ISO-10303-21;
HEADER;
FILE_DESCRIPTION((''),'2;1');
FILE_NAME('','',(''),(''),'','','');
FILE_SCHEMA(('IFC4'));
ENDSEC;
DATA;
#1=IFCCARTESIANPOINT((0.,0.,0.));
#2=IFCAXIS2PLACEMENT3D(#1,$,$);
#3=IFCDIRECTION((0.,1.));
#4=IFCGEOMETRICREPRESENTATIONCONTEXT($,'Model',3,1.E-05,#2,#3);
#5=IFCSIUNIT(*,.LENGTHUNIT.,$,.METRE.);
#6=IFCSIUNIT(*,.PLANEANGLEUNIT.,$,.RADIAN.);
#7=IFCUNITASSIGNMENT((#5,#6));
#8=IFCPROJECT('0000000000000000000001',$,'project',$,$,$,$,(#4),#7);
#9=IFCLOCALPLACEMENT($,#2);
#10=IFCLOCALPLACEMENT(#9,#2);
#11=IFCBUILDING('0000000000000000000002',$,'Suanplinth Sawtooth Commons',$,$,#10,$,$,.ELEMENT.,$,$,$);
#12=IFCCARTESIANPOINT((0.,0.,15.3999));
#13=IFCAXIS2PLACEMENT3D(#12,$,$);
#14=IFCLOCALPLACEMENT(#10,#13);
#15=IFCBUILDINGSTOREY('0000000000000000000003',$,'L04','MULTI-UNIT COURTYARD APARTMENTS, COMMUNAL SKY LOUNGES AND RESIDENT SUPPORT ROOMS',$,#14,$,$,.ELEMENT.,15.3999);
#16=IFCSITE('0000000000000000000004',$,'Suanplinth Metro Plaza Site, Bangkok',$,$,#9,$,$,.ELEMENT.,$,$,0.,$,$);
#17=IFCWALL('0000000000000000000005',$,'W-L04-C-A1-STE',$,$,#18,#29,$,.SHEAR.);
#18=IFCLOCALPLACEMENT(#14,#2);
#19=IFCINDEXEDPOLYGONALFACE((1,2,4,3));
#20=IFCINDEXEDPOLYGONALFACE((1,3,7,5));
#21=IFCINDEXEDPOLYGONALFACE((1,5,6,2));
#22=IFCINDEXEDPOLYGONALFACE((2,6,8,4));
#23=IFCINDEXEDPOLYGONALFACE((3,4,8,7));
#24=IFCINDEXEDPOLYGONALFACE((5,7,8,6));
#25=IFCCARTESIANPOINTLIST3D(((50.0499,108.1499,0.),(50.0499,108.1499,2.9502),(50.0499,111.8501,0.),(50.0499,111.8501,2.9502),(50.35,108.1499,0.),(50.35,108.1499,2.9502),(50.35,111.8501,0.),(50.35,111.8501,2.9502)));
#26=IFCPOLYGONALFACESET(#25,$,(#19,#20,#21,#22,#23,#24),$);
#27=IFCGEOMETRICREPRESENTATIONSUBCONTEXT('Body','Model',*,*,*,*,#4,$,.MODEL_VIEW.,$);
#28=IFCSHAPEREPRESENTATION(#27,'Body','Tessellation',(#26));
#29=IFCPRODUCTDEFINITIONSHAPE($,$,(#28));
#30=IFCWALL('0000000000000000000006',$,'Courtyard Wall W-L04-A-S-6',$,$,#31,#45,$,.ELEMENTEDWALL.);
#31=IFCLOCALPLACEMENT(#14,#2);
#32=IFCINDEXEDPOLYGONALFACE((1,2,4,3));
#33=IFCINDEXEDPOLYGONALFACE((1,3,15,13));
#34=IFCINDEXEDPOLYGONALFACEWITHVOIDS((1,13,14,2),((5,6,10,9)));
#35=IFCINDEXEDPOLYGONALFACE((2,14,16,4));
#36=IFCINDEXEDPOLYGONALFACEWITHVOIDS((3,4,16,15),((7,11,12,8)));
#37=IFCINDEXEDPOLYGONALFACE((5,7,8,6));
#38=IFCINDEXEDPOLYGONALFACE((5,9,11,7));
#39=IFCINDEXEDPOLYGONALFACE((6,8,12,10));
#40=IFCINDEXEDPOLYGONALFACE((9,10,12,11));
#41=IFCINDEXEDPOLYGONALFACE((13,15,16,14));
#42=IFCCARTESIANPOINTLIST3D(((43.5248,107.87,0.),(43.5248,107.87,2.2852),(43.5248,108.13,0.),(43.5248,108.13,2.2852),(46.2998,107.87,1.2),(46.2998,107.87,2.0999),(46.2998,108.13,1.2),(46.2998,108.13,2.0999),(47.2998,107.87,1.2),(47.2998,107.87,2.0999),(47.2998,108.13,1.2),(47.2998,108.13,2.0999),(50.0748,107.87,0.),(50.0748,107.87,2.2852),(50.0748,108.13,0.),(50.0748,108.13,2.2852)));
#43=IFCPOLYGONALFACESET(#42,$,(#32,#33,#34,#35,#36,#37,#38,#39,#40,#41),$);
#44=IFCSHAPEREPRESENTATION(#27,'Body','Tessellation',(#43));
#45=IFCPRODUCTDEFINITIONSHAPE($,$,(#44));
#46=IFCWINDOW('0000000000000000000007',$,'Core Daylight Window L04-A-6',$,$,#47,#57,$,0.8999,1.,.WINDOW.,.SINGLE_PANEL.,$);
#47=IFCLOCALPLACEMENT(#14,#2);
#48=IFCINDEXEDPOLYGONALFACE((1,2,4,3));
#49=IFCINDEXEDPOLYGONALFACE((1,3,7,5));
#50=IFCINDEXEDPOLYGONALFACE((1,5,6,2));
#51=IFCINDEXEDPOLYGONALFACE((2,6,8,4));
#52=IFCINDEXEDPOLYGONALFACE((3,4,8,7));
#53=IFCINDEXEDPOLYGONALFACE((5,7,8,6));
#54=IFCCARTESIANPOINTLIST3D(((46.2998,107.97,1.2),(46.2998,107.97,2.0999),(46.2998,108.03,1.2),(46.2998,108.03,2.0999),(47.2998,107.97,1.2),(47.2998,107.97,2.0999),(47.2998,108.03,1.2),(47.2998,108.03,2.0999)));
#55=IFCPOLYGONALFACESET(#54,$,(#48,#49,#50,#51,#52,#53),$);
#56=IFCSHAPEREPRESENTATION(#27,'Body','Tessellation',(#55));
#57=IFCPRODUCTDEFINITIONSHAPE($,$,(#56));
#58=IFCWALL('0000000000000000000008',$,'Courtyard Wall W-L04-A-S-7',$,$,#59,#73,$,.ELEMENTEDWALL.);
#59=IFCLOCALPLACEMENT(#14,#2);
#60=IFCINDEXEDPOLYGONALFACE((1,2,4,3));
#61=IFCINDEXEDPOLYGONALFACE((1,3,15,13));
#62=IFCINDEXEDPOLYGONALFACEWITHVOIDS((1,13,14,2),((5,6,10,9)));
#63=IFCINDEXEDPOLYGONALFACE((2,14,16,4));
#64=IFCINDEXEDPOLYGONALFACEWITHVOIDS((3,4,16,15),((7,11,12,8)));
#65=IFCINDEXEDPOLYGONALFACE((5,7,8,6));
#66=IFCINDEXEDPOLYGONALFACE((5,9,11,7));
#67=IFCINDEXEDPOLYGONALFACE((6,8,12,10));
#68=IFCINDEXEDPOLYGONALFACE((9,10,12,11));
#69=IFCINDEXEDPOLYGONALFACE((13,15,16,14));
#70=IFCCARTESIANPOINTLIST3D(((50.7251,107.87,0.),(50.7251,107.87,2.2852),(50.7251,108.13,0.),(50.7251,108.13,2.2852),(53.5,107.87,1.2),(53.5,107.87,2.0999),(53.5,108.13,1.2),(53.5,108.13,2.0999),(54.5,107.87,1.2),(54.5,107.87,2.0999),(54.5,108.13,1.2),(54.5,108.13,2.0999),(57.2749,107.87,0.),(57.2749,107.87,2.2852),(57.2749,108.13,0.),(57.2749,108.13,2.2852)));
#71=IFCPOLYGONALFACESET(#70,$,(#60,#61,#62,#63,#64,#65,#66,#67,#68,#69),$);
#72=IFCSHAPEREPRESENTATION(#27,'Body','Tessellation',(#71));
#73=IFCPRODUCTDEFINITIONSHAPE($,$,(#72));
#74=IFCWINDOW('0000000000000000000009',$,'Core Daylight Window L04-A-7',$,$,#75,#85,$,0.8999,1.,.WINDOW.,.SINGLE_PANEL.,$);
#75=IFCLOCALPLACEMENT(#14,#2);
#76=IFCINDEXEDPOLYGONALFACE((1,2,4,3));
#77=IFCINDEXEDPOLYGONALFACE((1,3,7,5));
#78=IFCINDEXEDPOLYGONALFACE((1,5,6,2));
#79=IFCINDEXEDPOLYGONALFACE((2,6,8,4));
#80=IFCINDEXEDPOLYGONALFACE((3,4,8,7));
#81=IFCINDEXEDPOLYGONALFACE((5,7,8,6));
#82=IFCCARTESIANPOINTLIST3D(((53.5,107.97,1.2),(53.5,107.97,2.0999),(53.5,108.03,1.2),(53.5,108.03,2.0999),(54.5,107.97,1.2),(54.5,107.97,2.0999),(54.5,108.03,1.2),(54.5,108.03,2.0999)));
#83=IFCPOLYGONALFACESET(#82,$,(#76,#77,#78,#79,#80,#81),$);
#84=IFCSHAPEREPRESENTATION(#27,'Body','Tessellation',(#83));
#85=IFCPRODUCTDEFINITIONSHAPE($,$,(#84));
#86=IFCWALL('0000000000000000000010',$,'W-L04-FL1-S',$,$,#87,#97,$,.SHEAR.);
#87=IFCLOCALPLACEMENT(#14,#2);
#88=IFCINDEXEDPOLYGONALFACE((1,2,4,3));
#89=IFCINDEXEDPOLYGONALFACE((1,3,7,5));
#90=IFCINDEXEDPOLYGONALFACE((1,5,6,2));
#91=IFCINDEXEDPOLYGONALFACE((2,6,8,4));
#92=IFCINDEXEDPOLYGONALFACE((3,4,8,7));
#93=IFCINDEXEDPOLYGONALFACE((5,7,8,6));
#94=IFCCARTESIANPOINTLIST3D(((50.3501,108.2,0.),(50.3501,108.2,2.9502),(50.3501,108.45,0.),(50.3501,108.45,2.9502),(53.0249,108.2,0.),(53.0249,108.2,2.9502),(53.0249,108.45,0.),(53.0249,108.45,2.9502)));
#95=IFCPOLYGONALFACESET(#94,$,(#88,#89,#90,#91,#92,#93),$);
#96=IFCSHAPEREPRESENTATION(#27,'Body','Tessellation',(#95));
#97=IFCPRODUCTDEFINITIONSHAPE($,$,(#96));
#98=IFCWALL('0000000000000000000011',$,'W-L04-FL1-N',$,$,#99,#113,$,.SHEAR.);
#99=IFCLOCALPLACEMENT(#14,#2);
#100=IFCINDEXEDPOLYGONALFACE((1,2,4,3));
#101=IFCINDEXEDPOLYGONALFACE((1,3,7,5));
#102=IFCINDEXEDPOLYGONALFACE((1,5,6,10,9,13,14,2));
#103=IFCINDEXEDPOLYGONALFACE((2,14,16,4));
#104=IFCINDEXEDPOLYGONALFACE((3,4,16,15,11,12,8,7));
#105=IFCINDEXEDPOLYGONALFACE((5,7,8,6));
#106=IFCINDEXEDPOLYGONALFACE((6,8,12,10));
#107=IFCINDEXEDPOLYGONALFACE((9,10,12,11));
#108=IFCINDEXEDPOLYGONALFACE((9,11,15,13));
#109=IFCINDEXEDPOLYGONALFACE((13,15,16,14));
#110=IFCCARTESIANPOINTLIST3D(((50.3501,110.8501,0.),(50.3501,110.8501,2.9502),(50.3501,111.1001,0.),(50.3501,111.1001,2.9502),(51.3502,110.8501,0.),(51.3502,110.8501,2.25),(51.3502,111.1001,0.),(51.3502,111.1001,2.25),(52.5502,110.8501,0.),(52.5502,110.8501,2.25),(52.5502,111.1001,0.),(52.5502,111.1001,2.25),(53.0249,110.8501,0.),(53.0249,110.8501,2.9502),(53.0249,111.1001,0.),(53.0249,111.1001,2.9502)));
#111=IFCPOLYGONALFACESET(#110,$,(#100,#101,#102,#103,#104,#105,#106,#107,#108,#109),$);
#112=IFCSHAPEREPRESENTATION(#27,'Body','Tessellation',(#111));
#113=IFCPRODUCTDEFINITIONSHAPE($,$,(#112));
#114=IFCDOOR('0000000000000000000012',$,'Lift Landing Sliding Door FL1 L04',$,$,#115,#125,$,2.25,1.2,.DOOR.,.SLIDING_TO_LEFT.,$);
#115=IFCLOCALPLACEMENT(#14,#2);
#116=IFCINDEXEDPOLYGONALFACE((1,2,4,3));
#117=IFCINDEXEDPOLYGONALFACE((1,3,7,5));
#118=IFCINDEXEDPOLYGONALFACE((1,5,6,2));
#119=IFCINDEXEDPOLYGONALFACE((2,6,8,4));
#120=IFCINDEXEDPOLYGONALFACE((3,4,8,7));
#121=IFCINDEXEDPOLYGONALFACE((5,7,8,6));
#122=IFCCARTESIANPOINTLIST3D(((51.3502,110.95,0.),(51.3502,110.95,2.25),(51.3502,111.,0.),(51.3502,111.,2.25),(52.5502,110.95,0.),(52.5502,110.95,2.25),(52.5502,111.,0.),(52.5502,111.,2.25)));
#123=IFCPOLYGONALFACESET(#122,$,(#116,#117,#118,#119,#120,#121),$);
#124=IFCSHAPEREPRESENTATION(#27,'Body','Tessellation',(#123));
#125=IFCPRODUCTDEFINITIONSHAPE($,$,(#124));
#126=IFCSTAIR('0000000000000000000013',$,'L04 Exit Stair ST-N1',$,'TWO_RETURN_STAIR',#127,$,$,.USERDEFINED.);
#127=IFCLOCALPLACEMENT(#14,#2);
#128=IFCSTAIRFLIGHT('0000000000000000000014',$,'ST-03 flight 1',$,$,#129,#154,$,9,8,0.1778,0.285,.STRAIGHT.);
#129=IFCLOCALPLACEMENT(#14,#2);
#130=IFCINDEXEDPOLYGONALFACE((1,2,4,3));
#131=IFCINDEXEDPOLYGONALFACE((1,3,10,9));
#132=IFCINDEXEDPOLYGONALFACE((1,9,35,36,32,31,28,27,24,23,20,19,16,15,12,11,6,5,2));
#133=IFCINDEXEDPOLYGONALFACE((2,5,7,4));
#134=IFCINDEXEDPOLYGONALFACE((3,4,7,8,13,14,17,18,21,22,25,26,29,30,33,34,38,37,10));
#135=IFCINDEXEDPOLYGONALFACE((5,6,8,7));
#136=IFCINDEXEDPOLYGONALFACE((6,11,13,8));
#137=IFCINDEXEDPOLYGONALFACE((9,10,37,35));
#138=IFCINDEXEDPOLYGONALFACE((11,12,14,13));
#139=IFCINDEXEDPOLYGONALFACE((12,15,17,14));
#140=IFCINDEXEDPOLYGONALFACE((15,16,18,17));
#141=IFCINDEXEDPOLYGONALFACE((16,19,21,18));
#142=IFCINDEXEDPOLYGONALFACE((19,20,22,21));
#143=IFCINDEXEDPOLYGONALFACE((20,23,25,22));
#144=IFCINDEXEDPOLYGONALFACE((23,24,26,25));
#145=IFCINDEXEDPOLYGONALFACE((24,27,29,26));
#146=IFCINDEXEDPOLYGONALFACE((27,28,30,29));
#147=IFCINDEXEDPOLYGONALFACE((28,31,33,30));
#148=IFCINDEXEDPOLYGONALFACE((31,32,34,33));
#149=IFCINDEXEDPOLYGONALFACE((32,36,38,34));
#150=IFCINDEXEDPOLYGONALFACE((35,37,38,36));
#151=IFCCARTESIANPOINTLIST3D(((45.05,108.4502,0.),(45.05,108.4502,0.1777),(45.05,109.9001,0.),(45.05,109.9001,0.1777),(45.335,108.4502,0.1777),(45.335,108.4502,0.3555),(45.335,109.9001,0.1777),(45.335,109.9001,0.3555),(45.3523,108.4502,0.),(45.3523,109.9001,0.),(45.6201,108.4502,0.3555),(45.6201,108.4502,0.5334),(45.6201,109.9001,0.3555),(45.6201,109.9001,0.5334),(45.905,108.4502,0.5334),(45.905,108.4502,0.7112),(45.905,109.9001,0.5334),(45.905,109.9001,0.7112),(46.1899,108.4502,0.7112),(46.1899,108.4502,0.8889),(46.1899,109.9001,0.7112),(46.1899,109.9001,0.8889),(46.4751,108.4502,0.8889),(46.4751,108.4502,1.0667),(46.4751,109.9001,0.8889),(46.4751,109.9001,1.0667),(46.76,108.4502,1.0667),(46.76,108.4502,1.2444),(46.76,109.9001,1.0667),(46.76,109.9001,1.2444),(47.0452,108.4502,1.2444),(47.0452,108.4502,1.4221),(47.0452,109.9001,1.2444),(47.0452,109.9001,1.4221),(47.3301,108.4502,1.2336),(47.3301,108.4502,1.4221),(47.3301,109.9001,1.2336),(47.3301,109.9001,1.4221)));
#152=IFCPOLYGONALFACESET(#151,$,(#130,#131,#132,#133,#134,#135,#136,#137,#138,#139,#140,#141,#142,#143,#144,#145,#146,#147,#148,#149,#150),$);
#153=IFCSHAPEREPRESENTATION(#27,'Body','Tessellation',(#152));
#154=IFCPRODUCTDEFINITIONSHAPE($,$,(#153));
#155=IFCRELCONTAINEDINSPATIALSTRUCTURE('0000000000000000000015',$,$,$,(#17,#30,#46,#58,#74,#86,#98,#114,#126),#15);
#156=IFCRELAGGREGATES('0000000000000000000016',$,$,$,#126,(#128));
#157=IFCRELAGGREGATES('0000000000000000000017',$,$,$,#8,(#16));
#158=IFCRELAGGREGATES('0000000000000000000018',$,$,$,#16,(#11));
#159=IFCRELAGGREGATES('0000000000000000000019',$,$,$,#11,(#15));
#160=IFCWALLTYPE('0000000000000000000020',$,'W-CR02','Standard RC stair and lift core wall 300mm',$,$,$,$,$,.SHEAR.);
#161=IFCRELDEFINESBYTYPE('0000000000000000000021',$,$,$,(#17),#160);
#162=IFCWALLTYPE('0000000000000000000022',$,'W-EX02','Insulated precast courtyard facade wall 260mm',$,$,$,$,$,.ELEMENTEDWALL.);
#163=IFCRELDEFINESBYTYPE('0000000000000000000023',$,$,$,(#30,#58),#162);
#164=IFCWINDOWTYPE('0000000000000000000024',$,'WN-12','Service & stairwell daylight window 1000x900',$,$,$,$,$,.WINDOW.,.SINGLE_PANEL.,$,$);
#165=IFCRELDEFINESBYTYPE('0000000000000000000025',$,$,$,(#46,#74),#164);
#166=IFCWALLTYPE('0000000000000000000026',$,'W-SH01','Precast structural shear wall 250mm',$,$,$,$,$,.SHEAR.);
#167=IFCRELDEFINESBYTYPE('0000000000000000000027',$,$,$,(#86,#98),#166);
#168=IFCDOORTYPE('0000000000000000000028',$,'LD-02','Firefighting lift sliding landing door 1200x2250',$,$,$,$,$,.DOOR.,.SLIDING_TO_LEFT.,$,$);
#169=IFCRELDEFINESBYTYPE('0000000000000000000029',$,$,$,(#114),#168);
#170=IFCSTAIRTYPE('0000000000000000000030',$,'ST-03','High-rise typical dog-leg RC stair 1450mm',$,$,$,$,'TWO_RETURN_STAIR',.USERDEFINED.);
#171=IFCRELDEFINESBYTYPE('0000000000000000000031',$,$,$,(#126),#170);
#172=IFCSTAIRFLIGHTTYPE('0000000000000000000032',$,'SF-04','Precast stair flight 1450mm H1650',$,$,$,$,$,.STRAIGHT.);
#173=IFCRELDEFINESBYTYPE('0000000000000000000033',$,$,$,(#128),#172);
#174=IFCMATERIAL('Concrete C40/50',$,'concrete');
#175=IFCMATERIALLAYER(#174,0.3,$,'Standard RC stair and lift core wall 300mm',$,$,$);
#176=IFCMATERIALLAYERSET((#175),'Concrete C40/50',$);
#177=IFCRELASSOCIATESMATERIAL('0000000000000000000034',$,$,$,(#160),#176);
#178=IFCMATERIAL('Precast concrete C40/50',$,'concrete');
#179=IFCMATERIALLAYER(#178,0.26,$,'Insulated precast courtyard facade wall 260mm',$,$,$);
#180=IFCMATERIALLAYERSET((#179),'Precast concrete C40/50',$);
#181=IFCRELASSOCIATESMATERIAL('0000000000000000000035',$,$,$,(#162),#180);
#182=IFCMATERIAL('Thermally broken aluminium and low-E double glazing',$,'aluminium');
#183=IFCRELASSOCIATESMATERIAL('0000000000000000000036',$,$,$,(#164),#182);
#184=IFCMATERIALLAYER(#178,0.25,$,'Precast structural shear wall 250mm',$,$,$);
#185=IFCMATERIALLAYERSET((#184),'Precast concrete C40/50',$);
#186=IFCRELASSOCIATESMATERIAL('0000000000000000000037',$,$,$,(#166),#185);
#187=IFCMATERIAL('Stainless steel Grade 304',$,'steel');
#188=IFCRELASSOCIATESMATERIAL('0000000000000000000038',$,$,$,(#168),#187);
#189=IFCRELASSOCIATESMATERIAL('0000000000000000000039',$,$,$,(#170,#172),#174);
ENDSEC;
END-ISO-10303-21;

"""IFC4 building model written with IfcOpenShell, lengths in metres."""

from ifc_helpers import new_model, si_unit, direction, frame, frame_2d, origin, place, context, subcontext, project, spatial, polyline, rectangle, outline, extrude, material, layer, layer_set, type_object, element, fill, aggregate, save


model = new_model("IFC4")

# Units and contexts
model_context = context("Model", 3, precision=1e-05, world=origin(), true_north=direction((0.0, 1.0)))
body_context = subcontext(model_context, "Body", "Model", "MODEL_VIEW")
ifc_project = project(units=[si_unit("LENGTHUNIT", "METRE"), si_unit("PLANEANGLEUNIT", "RADIAN")], contexts=[model_context])

# Site, building, storey
site_placement = place(None, origin())
site = spatial("IfcSite", under=ifc_project, at=site_placement, Name="Suanplinth Metro Plaza Site, Bangkok", CompositionType="ELEMENT", RefElevation=0.0)
building_placement = place(site_placement, origin())
building = spatial("IfcBuilding", under=site, at=building_placement, Name="Suanplinth Sawtooth Commons", CompositionType="ELEMENT")
storey_placement = place(building_placement, frame((0.0, 0.0, 15.3999)))
storey = spatial("IfcBuildingStorey", under=building, at=storey_placement, Name="L04", Description="MULTI-UNIT COURTYARD APARTMENTS, COMMUNAL SKY LOUNGES AND RESIDENT SUPPORT ROOMS", CompositionType="ELEMENT", Elevation=15.3999)

# Shared definitions
ifc_material_1 = material(Name="Precast concrete C40/50", Category="concrete")

# Shared definitions
ifc_material_2 = material(Name="Concrete C40/50", Category="concrete")
ifc_layer_1 = layer(ifc_material_2, 0.3, Name="Standard RC stair and lift core wall 300mm")
ifc_layer_set_1 = layer_set([ifc_layer_1], Name="Concrete C40/50")
wall_type_1 = type_object("IfcWallType", Name="W-CR02", Description="Standard RC stair and lift core wall 300mm", PredefinedType="SHEAR", material=ifc_layer_set_1)

# Wall
for number, where, z_axis, x_axis, name in (
    (1, (50.2, 108.1499, 0.0), (0.0, 0.0, 1.0), (0.0, 1.0, 0.0), "W-L04-C-A1-STE"),
):
    element("IfcWall", number, at=place(storey_placement, frame(where, z_axis=z_axis, x_axis=x_axis)), inside=storey, type_object=wall_type_1, Name=name, PredefinedType="SHEAR", context=body_context, shape_type="SweptSolid", body=[
        extrude(rectangle(XDim=3.7002, YDim=0.3, at=frame_2d((1.8501, 0.0))), origin(), (0.0, 0.0, 1.0), 2.9502),
    ])

# Walls, openings, windows
ifc_layer_2 = layer(ifc_material_1, 0.26, Name="Insulated precast courtyard facade wall 260mm")
ifc_layer_set_2 = layer_set([ifc_layer_2], Name="Precast concrete C40/50")
wall_type_2 = type_object("IfcWallType", Name="W-EX02", Description="Insulated precast courtyard facade wall 260mm", PredefinedType="ELEMENTEDWALL", material=ifc_layer_set_2)
wall_1_placement = place(storey_placement, frame((43.5249, 108.0, 0.0), z_axis=(0.0, 0.0, 1.0), x_axis=(1.0, 0.0, 0.0)))
wall_1 = element("IfcWall", 2, at=wall_1_placement, inside=storey, type_object=wall_type_2, Name="Courtyard Wall W-L04-A-S-6", PredefinedType="ELEMENTEDWALL", context=body_context, shape_type="SweptSolid", body=[
    extrude(rectangle(XDim=6.55, YDim=0.26, at=frame_2d((3.2749, 0.0))), origin(), (0.0, 0.0, 1.0), 2.2852),
])
opening_1_placement = place(wall_1_placement, frame((2.7749, 0.0, 1.2)))
opening_1 = element("IfcOpeningElement", 3, at=opening_1_placement, cuts=wall_1, PredefinedType="OPENING", context=body_context, shape_type="SweptSolid", body=[
    extrude(rectangle(XDim=1.0, YDim=0.8999, at=frame_2d((0.5, 0.45))), frame((0.0, 0.145, 0.0), z_axis=(0.0, -1.0, 0.0), x_axis=(1.0, 0.0, 0.0)), (0.0, 0.0, 1.0), 0.2898),
])
ifc_material_3 = material(Name="Thermally broken aluminium and low-E double glazing", Category="aluminium")
window_type = type_object("IfcWindowType", Name="WN-12", Description="Service & stairwell daylight window 1000x900", PartitioningType="SINGLE_PANEL", PredefinedType="WINDOW", material=ifc_material_3)
window_1_placement = place(opening_1_placement, origin())
window_1 = element("IfcWindow", 4, at=window_1_placement, inside=storey, type_object=window_type, Name="Core Daylight Window L04-A-6", OverallHeight=0.8999, OverallWidth=1.0, PartitioningType="SINGLE_PANEL", PredefinedType="WINDOW", context=body_context, shape_type="SweptSolid", body=[
    extrude(rectangle(XDim=1.0, YDim=0.8999, at=frame_2d((0.5, 0.45))), frame((0.0, 0.03, 0.0), z_axis=(0.0, -1.0, 0.0), x_axis=(1.0, 0.0, 0.0)), (0.0, 0.0, 1.0), 0.0601),
])
fill(opening_1, window_1)
wall_2_placement = place(storey_placement, frame((50.7251, 108.0, 0.0), z_axis=(0.0, 0.0, 1.0), x_axis=(1.0, 0.0, 0.0)))
wall_2 = element("IfcWall", 5, at=wall_2_placement, inside=storey, type_object=wall_type_2, Name="Courtyard Wall W-L04-A-S-7", PredefinedType="ELEMENTEDWALL", context=body_context, shape_type="SweptSolid", body=[
    extrude(rectangle(XDim=6.5498, YDim=0.26, at=frame_2d((3.2749, 0.0))), origin(), (0.0, 0.0, 1.0), 2.2852),
])
opening_2_placement = place(wall_2_placement, frame((2.7749, 0.0, 1.2)))
opening_2 = element("IfcOpeningElement", 6, at=opening_2_placement, cuts=wall_2, PredefinedType="OPENING", context=body_context, shape_type="SweptSolid", body=[
    extrude(rectangle(XDim=1.0, YDim=0.8999, at=frame_2d((0.5, 0.45))), frame((0.0, 0.145, 0.0), z_axis=(0.0, -1.0, 0.0), x_axis=(1.0, 0.0, 0.0)), (0.0, 0.0, 1.0), 0.2898),
])
window_2_placement = place(opening_2_placement, origin())
window_2 = element("IfcWindow", 7, at=window_2_placement, inside=storey, type_object=window_type, Name="Core Daylight Window L04-A-7", OverallHeight=0.8999, OverallWidth=1.0, PartitioningType="SINGLE_PANEL", PredefinedType="WINDOW", context=body_context, shape_type="SweptSolid", body=[
    extrude(rectangle(XDim=1.0, YDim=0.8999, at=frame_2d((0.5, 0.45))), frame((0.0, 0.03, 0.0), z_axis=(0.0, -1.0, 0.0), x_axis=(1.0, 0.0, 0.0)), (0.0, 0.0, 1.0), 0.0601),
])
fill(opening_2, window_2)

# Wall
ifc_layer_3 = layer(ifc_material_1, 0.25, Name="Precast structural shear wall 250mm")
ifc_layer_set_3 = layer_set([ifc_layer_3], Name="Precast concrete C40/50")
wall_type_3 = type_object("IfcWallType", Name="W-SH01", Description="Precast structural shear wall 250mm", PredefinedType="SHEAR", material=ifc_layer_set_3)
wall_3_placement = place(storey_placement, frame((50.3501, 108.325, 0.0), z_axis=(0.0, 0.0, 1.0), x_axis=(1.0, 0.0, 0.0)))
element("IfcWall", 8, at=wall_3_placement, inside=storey, type_object=wall_type_3, Name="W-L04-FL1-S", PredefinedType="SHEAR", context=body_context, shape_type="SweptSolid", body=[
    extrude(rectangle(XDim=2.6748, YDim=0.25, at=frame_2d((1.3374, 0.0))), origin(), (0.0, 0.0, 1.0), 2.9502),
])

# Wall, opening, door
wall_4_placement = place(storey_placement, frame((50.3501, 110.9751, 0.0), z_axis=(0.0, 0.0, 1.0), x_axis=(1.0, 0.0, 0.0)))
wall_4 = element("IfcWall", 9, at=wall_4_placement, inside=storey, type_object=wall_type_3, Name="W-L04-FL1-N", PredefinedType="SHEAR", context=body_context, shape_type="SweptSolid", body=[
    extrude(rectangle(XDim=2.6748, YDim=0.25, at=frame_2d((1.3374, 0.0))), origin(), (0.0, 0.0, 1.0), 2.9502),
])
opening_3_placement = place(wall_4_placement, frame((1.0, 0.0, 0.0)))
opening_3 = element("IfcOpeningElement", 10, at=opening_3_placement, cuts=wall_4, PredefinedType="OPENING", context=body_context, shape_type="SweptSolid", body=[
    extrude(rectangle(XDim=1.2, YDim=2.25, at=frame_2d((0.6001, 1.125))), frame((0.0, 0.1399, 0.0), z_axis=(0.0, -1.0, 0.0), x_axis=(1.0, 0.0, 0.0)), (0.0, 0.0, 1.0), 0.2798),
])
ifc_material_4 = material(Name="Stainless steel Grade 304", Category="steel")
door_type_1 = type_object("IfcDoorType", Name="LD-02", Description="Firefighting lift sliding landing door 1200x2250", OperationType="SLIDING_TO_LEFT", PredefinedType="DOOR", material=ifc_material_4)
door_1_placement = place(opening_3_placement, origin())
door_1 = element("IfcDoor", 11, at=door_1_placement, inside=storey, type_object=door_type_1, Name="Lift Landing Sliding Door FL1 L04", OperationType="SLIDING_TO_LEFT", OverallHeight=2.25, OverallWidth=1.2, PredefinedType="DOOR", context=body_context, shape_type="SweptSolid", body=[
    extrude(rectangle(XDim=1.2, YDim=2.25, at=frame_2d((0.6001, 1.125))), frame((0.0, 0.0249, 0.0), z_axis=(0.0, -1.0, 0.0), x_axis=(1.0, 0.0, 0.0)), (0.0, 0.0, 1.0), 0.05),
])
fill(opening_3, door_1)

# Stair, stair flight
stair_type = type_object("IfcStairType", Name="ST-03", Description="High-rise typical dog-leg RC stair 1450mm", ElementType="TWO_RETURN_STAIR", PredefinedType="USERDEFINED", material=ifc_material_2)
stair_placement = place(storey_placement, origin())
stair = element("IfcStair", 12, at=stair_placement, inside=storey, type_object=stair_type, Name="L04 Exit Stair ST-N1", ObjectType="TWO_RETURN_STAIR", PredefinedType="USERDEFINED")
stair_flight_type = type_object("IfcStairFlightType", Name="SF-04", Description="Precast stair flight 1450mm H1650", PredefinedType="STRAIGHT", material=ifc_material_2)
stair_flight_1_placement = place(storey_placement, frame((45.05, 109.175, 0.0), z_axis=(0.0, 0.0, 1.0), x_axis=(1.0, 0.0, 0.0)))
stair_flight_1 = element("IfcStairFlight", 13, at=stair_flight_1_placement, type_object=stair_flight_type, Name="ST-03 flight 1", NumberOfRisers=9, NumberOfTreads=8, PredefinedType="STRAIGHT", RiserHeight=0.1778, TreadLength=0.285, context=body_context, shape_type="SweptSolid", body=[
    extrude(outline(polyline([(0.0, 0.0), (0.0, 0.1777), (0.2849, 0.1777), (0.2849, 0.3555), (0.5701, 0.3555), (0.5701, 0.5334), (0.855, 0.5334), (0.855, 0.7112), (1.1399, 0.7112), (1.1399, 0.8889), (1.425, 0.8889), (1.425, 1.0667), (1.71, 1.0667), (1.71, 1.2444), (1.9951, 1.2444), (1.9951, 1.4221), (2.28, 1.4221), (2.28, 1.6001), (2.28, 1.2336), (0.3022, 0.0), (0.0, 0.0)])), frame((0.0, 0.7251, 0.0), z_axis=(0.0, -1.0, 0.0), x_axis=(1.0, 0.0, 0.0)), (0.0, 0.0, 1.0), 1.45),
])
aggregate(stair, [stair_flight_1])

save(model, "model.ifc")
